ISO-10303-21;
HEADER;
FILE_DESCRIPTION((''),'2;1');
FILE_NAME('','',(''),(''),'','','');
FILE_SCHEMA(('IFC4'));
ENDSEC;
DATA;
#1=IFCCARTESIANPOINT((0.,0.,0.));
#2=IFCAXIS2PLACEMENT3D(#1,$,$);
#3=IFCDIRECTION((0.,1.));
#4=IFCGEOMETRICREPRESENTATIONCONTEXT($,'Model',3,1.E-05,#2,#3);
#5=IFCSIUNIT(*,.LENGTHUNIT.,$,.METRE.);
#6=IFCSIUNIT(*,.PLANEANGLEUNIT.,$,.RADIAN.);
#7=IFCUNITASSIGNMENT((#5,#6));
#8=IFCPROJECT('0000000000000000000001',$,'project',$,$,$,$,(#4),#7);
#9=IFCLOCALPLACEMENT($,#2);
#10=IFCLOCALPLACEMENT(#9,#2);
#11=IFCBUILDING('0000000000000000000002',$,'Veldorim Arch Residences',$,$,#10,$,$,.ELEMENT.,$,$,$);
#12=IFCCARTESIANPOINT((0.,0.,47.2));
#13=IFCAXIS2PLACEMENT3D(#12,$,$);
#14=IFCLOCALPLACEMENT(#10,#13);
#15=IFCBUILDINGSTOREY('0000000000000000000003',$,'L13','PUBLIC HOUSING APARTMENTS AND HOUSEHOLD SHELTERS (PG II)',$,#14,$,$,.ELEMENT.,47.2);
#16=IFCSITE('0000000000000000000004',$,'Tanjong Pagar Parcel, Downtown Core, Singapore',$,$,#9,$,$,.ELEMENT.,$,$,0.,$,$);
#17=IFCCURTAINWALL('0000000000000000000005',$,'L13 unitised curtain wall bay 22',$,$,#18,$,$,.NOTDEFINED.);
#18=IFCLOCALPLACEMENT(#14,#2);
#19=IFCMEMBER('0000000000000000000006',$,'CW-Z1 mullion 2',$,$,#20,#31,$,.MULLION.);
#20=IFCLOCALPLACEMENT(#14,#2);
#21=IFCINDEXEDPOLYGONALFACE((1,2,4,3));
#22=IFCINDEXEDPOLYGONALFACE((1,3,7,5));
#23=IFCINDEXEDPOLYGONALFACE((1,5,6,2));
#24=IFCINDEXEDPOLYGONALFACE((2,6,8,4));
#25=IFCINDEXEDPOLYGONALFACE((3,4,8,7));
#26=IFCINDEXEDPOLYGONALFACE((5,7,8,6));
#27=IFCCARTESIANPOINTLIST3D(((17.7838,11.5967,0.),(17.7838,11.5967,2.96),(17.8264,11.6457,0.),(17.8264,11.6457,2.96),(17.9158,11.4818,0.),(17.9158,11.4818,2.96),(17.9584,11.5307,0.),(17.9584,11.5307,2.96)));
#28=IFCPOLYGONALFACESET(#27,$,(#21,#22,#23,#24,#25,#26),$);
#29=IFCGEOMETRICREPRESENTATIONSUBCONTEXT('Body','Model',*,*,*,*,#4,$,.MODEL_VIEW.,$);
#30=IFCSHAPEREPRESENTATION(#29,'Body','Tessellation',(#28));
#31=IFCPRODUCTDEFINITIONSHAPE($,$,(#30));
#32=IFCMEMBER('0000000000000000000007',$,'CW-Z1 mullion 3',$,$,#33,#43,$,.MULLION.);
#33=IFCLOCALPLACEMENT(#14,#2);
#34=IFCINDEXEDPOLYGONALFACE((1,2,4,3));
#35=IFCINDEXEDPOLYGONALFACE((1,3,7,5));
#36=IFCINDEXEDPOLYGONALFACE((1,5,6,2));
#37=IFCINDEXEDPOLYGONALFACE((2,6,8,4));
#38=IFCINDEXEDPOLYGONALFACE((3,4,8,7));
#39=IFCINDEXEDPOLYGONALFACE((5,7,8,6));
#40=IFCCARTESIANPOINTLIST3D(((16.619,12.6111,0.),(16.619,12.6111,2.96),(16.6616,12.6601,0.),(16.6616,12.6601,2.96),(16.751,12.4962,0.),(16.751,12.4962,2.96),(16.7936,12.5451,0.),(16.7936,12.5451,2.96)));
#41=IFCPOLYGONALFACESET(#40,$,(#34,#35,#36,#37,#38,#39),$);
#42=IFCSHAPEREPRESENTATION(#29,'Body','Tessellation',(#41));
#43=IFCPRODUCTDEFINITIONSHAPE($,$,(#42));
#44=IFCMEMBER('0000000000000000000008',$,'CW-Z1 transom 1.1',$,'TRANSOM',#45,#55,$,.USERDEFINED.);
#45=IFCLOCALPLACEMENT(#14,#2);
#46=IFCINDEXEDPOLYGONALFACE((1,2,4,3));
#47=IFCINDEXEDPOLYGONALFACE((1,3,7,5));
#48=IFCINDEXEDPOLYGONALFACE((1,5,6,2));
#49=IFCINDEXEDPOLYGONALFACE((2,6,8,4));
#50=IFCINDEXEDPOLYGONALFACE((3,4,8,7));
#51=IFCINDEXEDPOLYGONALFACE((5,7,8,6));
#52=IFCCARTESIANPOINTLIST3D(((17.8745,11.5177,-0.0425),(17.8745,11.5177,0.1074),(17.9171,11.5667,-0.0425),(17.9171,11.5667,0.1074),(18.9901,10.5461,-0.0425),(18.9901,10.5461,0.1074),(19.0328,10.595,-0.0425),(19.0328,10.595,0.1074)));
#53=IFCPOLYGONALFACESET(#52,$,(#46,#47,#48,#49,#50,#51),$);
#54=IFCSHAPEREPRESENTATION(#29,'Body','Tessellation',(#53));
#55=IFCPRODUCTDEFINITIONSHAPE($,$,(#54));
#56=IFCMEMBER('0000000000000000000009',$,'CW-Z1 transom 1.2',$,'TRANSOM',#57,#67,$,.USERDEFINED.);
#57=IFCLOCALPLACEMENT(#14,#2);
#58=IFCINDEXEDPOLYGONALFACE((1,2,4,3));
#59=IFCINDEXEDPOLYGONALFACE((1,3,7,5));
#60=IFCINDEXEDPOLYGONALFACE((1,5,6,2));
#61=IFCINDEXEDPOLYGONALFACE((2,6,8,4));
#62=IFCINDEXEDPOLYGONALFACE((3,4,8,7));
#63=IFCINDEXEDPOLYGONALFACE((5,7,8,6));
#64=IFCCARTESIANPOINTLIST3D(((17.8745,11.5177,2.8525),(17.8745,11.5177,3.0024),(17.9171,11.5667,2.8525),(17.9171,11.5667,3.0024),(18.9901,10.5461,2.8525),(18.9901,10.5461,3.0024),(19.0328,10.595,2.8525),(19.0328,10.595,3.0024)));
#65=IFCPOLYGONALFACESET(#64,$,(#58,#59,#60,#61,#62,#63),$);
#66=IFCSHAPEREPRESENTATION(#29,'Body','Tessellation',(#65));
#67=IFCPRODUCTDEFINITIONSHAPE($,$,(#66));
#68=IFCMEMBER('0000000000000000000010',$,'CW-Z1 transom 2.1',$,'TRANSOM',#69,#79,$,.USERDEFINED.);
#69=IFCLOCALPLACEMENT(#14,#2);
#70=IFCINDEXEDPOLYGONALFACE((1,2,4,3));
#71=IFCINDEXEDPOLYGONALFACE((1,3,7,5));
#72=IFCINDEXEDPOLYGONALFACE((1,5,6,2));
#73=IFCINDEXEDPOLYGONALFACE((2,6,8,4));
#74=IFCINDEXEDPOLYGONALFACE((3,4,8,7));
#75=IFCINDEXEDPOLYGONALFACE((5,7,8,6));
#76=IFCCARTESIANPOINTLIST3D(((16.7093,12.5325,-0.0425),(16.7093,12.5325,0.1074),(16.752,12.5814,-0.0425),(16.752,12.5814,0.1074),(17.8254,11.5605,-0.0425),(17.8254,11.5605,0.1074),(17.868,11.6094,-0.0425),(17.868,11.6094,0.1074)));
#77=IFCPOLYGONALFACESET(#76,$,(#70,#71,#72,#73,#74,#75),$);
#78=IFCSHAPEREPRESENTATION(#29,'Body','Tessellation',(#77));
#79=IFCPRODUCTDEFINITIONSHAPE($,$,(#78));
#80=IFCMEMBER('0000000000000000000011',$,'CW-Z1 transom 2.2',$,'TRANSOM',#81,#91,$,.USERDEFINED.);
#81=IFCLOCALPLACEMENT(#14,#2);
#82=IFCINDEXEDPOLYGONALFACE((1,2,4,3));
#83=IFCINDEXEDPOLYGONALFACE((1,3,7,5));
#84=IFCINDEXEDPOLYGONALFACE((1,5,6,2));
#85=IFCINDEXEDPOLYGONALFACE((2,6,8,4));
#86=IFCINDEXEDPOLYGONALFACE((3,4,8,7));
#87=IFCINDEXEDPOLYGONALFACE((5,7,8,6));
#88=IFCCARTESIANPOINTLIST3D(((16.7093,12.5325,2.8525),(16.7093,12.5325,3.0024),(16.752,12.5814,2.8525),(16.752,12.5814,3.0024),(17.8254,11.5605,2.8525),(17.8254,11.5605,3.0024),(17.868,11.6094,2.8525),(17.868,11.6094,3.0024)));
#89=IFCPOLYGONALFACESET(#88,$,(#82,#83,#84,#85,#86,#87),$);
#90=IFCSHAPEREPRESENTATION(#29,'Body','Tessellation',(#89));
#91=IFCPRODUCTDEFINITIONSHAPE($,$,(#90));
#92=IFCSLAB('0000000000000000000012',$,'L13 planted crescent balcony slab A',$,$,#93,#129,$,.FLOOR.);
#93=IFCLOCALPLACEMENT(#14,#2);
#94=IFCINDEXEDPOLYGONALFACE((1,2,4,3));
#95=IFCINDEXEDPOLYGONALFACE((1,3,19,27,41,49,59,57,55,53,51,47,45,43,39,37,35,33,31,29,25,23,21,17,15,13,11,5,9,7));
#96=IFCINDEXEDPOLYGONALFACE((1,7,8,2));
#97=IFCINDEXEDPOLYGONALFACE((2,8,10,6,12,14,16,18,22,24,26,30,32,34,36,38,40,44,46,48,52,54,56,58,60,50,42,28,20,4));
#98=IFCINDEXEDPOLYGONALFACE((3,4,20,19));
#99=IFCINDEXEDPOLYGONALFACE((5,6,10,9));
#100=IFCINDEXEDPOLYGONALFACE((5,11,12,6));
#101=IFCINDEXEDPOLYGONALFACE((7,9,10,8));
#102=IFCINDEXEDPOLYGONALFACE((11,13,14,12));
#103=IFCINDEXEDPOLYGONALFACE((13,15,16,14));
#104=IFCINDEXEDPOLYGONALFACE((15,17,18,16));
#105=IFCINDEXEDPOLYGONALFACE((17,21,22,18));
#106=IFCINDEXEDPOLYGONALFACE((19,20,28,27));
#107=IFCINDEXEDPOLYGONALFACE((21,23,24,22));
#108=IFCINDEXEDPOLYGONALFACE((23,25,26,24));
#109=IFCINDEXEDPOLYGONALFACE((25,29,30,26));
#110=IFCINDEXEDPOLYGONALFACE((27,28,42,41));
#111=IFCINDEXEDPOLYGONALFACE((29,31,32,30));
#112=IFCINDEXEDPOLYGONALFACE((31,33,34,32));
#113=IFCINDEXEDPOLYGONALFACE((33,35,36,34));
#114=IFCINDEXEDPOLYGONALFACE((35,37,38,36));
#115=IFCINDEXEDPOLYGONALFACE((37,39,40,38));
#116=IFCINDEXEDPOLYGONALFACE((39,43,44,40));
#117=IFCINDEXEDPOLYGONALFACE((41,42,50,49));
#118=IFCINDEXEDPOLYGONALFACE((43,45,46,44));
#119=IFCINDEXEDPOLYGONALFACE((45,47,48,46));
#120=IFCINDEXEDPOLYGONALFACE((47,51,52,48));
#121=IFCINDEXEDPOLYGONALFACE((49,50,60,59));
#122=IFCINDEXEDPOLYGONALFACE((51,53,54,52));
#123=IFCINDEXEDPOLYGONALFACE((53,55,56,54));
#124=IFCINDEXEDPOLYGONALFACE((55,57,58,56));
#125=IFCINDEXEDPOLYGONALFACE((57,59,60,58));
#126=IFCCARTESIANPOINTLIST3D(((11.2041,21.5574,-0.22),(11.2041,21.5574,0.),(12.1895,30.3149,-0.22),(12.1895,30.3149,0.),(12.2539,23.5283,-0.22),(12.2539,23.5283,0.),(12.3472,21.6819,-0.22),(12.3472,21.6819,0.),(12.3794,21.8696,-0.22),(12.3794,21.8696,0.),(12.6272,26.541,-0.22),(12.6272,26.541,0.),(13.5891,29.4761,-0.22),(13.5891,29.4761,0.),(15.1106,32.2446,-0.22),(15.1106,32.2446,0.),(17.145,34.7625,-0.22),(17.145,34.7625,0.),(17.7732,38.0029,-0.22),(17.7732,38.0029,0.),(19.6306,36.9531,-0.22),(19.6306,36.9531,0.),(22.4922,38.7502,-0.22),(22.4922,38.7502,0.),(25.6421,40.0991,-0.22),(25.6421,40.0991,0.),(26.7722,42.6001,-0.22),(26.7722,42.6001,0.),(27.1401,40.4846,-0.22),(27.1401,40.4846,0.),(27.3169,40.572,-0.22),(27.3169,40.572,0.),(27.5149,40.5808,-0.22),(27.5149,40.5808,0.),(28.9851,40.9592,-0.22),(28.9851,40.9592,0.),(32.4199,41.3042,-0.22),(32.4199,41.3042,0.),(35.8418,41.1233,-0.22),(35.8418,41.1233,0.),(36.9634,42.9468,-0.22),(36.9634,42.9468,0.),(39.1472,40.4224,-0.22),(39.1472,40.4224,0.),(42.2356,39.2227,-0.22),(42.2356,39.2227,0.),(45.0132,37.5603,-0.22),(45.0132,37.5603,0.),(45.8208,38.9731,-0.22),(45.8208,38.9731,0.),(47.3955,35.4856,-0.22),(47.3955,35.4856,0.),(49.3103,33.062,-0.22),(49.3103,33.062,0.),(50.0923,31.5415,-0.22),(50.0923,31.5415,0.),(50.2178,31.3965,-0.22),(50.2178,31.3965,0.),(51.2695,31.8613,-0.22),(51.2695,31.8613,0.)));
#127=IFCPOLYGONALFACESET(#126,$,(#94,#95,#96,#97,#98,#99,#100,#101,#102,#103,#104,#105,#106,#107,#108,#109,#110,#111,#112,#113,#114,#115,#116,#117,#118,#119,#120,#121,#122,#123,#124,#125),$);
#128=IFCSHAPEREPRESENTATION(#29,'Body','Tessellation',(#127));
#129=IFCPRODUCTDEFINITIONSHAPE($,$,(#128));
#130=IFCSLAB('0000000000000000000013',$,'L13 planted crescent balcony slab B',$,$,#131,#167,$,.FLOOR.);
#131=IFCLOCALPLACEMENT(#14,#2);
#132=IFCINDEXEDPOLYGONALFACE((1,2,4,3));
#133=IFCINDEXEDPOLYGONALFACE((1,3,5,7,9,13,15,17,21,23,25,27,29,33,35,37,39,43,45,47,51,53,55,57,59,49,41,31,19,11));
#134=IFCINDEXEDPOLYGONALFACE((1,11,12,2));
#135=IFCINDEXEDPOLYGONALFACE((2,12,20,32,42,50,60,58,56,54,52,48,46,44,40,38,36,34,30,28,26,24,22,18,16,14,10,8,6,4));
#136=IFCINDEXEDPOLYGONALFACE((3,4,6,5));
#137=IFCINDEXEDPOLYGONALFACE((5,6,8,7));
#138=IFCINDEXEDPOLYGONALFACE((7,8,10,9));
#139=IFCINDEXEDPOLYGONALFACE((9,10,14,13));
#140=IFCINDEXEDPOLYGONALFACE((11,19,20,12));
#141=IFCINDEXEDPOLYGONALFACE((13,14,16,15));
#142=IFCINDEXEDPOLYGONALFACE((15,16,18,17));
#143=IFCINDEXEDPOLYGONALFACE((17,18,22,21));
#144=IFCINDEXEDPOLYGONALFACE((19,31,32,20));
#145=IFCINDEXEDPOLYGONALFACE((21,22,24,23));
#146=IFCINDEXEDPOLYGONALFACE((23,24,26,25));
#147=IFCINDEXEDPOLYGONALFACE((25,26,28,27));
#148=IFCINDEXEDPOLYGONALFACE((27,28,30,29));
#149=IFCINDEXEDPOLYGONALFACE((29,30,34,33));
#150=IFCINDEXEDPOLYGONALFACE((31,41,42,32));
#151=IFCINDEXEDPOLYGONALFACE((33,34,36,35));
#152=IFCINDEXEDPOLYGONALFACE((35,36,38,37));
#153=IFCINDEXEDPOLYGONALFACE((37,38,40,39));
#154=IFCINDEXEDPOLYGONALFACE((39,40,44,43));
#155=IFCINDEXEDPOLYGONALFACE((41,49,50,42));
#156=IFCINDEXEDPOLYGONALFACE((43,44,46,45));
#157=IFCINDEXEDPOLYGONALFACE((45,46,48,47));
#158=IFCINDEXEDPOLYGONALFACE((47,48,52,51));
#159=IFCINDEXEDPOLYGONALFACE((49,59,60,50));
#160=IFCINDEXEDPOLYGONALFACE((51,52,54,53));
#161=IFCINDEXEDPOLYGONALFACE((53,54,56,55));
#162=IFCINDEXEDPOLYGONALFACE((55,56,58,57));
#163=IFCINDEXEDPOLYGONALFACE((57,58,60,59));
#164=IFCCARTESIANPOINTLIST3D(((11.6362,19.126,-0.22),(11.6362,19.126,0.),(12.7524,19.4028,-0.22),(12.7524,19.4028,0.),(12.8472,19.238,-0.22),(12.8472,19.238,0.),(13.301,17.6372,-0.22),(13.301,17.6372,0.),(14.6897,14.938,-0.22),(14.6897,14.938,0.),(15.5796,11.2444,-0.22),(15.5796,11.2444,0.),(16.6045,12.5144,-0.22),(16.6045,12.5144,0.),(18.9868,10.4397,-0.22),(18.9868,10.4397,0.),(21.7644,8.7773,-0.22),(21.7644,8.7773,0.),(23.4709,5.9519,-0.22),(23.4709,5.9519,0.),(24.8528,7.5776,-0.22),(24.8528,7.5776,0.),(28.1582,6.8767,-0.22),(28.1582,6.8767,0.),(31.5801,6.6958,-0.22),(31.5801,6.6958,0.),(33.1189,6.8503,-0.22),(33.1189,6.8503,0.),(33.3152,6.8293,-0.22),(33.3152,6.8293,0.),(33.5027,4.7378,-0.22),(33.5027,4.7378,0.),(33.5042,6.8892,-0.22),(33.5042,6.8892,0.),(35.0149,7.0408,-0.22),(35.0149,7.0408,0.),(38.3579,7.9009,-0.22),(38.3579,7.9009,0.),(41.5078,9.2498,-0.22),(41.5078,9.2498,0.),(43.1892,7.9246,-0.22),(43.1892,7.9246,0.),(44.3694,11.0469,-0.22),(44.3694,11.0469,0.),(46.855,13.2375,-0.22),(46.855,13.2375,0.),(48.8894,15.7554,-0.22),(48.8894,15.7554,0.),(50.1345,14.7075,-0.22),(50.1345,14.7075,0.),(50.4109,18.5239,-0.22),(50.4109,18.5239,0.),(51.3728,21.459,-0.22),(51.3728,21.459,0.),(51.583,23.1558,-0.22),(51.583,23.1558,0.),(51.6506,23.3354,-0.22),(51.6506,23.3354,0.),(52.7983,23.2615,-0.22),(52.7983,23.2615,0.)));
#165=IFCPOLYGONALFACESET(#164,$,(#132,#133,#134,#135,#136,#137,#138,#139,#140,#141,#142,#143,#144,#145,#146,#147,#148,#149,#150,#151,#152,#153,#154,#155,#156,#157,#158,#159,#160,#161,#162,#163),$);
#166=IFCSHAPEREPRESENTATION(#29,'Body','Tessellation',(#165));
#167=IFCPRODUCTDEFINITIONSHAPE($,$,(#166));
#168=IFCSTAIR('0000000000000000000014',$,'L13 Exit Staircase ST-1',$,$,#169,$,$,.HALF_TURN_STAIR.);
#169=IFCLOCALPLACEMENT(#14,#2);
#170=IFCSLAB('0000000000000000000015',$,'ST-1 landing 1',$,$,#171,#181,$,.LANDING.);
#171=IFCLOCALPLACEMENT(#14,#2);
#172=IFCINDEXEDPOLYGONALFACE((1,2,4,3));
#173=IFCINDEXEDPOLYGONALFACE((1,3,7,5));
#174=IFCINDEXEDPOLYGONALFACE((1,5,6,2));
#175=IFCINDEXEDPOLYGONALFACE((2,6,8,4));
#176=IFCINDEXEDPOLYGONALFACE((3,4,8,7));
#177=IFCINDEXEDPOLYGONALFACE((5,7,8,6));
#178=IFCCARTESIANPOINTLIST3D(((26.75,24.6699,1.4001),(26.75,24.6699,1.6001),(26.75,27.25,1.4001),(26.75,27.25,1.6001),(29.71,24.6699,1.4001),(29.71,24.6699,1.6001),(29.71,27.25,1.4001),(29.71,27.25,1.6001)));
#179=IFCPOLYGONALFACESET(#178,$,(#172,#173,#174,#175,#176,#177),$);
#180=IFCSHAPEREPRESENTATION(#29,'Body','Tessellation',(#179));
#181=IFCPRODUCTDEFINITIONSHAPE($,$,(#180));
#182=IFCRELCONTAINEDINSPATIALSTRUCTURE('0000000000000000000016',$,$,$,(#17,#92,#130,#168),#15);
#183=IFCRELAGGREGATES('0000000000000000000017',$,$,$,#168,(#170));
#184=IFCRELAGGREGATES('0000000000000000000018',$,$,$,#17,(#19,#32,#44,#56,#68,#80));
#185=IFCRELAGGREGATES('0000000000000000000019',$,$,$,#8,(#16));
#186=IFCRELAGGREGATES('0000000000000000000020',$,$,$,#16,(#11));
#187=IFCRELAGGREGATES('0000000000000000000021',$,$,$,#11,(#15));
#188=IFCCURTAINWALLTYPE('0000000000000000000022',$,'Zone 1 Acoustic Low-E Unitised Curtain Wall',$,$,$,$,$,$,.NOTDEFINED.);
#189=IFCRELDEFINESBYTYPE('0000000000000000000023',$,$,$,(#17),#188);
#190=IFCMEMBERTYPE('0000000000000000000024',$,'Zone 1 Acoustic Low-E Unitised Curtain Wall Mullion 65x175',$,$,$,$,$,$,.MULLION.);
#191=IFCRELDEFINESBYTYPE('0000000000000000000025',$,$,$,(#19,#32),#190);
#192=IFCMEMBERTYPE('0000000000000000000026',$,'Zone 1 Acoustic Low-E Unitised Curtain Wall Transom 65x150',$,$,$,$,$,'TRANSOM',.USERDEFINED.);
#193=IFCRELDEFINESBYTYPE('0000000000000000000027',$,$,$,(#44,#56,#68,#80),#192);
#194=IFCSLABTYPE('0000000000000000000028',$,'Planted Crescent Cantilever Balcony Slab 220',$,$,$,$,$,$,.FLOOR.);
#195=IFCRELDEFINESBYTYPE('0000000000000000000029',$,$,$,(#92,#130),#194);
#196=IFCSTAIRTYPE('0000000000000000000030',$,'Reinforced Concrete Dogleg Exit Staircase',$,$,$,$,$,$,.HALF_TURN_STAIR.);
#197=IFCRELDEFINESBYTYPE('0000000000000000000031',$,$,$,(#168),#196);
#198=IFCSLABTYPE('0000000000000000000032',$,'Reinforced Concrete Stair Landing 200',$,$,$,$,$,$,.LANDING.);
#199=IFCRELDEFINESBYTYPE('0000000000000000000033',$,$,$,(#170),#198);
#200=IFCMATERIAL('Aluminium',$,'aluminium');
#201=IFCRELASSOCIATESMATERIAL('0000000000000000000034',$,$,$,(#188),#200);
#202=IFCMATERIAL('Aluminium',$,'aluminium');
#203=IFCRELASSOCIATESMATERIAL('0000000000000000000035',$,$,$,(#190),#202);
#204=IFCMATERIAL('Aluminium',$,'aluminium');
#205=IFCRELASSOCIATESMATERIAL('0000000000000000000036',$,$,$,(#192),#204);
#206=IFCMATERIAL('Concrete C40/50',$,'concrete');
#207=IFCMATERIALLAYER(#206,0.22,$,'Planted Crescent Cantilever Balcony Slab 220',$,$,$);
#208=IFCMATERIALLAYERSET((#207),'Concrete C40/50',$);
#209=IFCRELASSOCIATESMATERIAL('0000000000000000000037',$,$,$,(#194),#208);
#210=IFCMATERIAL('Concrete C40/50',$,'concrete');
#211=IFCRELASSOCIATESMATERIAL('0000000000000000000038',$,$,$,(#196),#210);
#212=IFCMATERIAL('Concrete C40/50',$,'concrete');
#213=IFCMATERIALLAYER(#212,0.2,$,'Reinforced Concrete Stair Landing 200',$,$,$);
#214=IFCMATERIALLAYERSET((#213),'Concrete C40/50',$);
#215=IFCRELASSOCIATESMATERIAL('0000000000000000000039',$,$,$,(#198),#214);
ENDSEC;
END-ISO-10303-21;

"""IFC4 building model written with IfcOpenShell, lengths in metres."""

from ifc_helpers import new_model, si_unit, direction, frame, origin, origin_2d, place, context, subcontext, project, spatial, polyline, rectangle, outline, extrude, material, layer, layer_set, material_profile, profile_set, type_object, element, aggregate, save


model = new_model("IFC4")

# Units and contexts
model_context = context("Model", 3, precision=1e-05, world=origin(), true_north=direction((0.0, 1.0)))
body_context = subcontext(model_context, "Body", "Model", "MODEL_VIEW")
ifc_project = project(units=[si_unit("LENGTHUNIT", "METRE"), si_unit("PLANEANGLEUNIT", "RADIAN")], contexts=[model_context])

# Site, building, storey
site_placement = place(None, origin())
site = spatial("IfcSite", under=ifc_project, at=site_placement, Name="Tanjong Pagar Parcel, Downtown Core, Singapore", CompositionType="ELEMENT", RefElevation=0.0)
building_placement = place(site_placement, origin())
building = spatial("IfcBuilding", under=site, at=building_placement, Name="Veldorim Arch Residences", CompositionType="ELEMENT")
storey_placement = place(building_placement, frame((0.0, 0.0, 47.2)))
storey = spatial("IfcBuildingStorey", under=building, at=storey_placement, Name="L13", Description="PUBLIC HOUSING APARTMENTS AND HOUSEHOLD SHELTERS (PG II)", CompositionType="ELEMENT", Elevation=47.2)

# Curtain wall, members
ifc_material_1 = material(Name="Aluminium", Category="aluminium")
curtain_wall_type = type_object("IfcCurtainWallType", Name="Zone 1 Acoustic Low-E Unitised Curtain Wall", PredefinedType="NOTDEFINED", material=ifc_material_1)
curtain_wall_placement = place(storey_placement, origin())
curtain_wall = element("IfcCurtainWall", 1, at=curtain_wall_placement, inside=storey, type_object=curtain_wall_type, Name="L13 unitised curtain wall bay 22", PredefinedType="NOTDEFINED")
ifc_material_2 = material(Name="Aluminium", Category="aluminium")
ifc_material_profile_1 = material_profile(ifc_material_2, rectangle(XDim=0.0649, YDim=0.175, at=origin_2d()), Name="ALU_MUL_65x175")
ifc_profile_set_1 = profile_set([ifc_material_profile_1], Name="Aluminium")
member_type_1 = type_object("IfcMemberType", Name="Zone 1 Acoustic Low-E Unitised Curtain Wall Mullion 65x175", PredefinedType="MULLION", material=ifc_profile_set_1)
member_1_placement = place(storey_placement, frame((17.8711, 11.5637, 0.0), z_axis=(0.0, 0.0, 1.0), x_axis=(-0.656719, -0.754136, 0.0)))
member_1 = element("IfcMember", 2, at=member_1_placement, type_object=member_type_1, Name="CW-Z1 mullion 2", PredefinedType="MULLION", context=body_context, shape_type="SweptSolid", body=[
    extrude(rectangle(XDim=0.0649, YDim=0.175, at=origin_2d()), origin(), (0.0, 0.0, 1.0), 2.96),
])
member_2_placement = place(storey_placement, frame((16.7063, 12.5781, 0.0), z_axis=(0.0, 0.0, 1.0), x_axis=(-0.656719, -0.754136, 0.0)))
member_2 = element("IfcMember", 3, at=member_2_placement, type_object=member_type_1, Name="CW-Z1 mullion 3", PredefinedType="MULLION", context=body_context, shape_type="SweptSolid", body=[
    extrude(rectangle(XDim=0.0649, YDim=0.175, at=origin_2d()), origin(), (0.0, 0.0, 1.0), 2.96),
])
ifc_material_3 = material(Name="Aluminium", Category="aluminium")
ifc_material_profile_2 = material_profile(ifc_material_3, rectangle(XDim=0.0649, YDim=0.1499, at=origin_2d()), Name="ALU_TRN_65x150")
ifc_profile_set_2 = profile_set([ifc_material_profile_2], Name="Aluminium")
member_type_2 = type_object("IfcMemberType", Name="Zone 1 Acoustic Low-E Unitised Curtain Wall Transom 65x150", ElementType="TRANSOM", PredefinedType="USERDEFINED", material=ifc_profile_set_2)
member_3_placement = place(storey_placement, frame((19.0115, 10.5706, 0.0325), z_axis=(-0.754108, 0.65675, 0.0), x_axis=(-0.65675, -0.754108, 0.0)))
member_3 = element("IfcMember", 4, at=member_3_placement, type_object=member_type_2, Name="CW-Z1 transom 1.1", ObjectType="TRANSOM", PredefinedType="USERDEFINED", context=body_context, shape_type="SweptSolid", body=[
    extrude(rectangle(XDim=0.0649, YDim=0.1499, at=origin_2d()), origin(), (0.0, 0.0, 1.0), 1.4795),
])
member_4_placement = place(storey_placement, frame((19.0115, 10.5706, 2.9275), z_axis=(-0.754108, 0.65675, 0.0), x_axis=(-0.65675, -0.754108, 0.0)))
member_4 = element("IfcMember", 5, at=member_4_placement, type_object=member_type_2, Name="CW-Z1 transom 1.2", ObjectType="TRANSOM", PredefinedType="USERDEFINED", context=body_context, shape_type="SweptSolid", body=[
    extrude(rectangle(XDim=0.0649, YDim=0.1499, at=origin_2d()), origin(), (0.0, 0.0, 1.0), 1.4795),
])
member_5_placement = place(storey_placement, frame((17.8467, 11.585, 0.0325), z_axis=(-0.754097, 0.656763, 0.0), x_axis=(-0.656763, -0.754097, 0.0)))
member_5 = element("IfcMember", 6, at=member_5_placement, type_object=member_type_2, Name="CW-Z1 transom 2.1", ObjectType="TRANSOM", PredefinedType="USERDEFINED", context=body_context, shape_type="SweptSolid", body=[
    extrude(rectangle(XDim=0.0649, YDim=0.1499, at=origin_2d()), origin(), (0.0, 0.0, 1.0), 1.48),
])
member_6_placement = place(storey_placement, frame((17.8467, 11.585, 2.9275), z_axis=(-0.754097, 0.656763, 0.0), x_axis=(-0.656763, -0.754097, 0.0)))
member_6 = element("IfcMember", 7, at=member_6_placement, type_object=member_type_2, Name="CW-Z1 transom 2.2", ObjectType="TRANSOM", PredefinedType="USERDEFINED", context=body_context, shape_type="SweptSolid", body=[
    extrude(rectangle(XDim=0.0649, YDim=0.1499, at=origin_2d()), origin(), (0.0, 0.0, 1.0), 1.48),
])

# Slabs
ifc_material_4 = material(Name="Concrete C40/50", Category="concrete")
ifc_layer_1 = layer(ifc_material_4, 0.22, Name="Planted Crescent Cantilever Balcony Slab 220")
ifc_layer_set_1 = layer_set([ifc_layer_1], Name="Concrete C40/50")
slab_type_1 = type_object("IfcSlabType", Name="Planted Crescent Cantilever Balcony Slab 220", PredefinedType="FLOOR", material=ifc_layer_set_1)
slab_1_placement = place(storey_placement, frame((0.0, 0.0, -0.22)))
element("IfcSlab", 8, at=slab_1_placement, inside=storey, type_object=slab_type_1, Name="L13 planted crescent balcony slab A", PredefinedType="FLOOR", context=body_context, shape_type="SweptSolid", body=[
    extrude(outline(polyline([(50.0923, 31.5415), (49.3103, 33.062), (47.3955, 35.4856), (45.0132, 37.5603), (42.2356, 39.2227), (39.1472, 40.4224), (35.8418, 41.1233), (32.4199, 41.3042), (28.9851, 40.9592), (27.5149, 40.5808), (27.3169, 40.572), (27.1401, 40.4846), (25.6421, 40.0991), (22.4922, 38.7502), (19.6306, 36.9531), (17.145, 34.7625), (15.1106, 32.2446), (13.5891, 29.4761), (12.6272, 26.541), (12.2539, 23.5283), (12.3794, 21.8696), (12.3472, 21.6819), (11.2041, 21.5574), (12.1895, 30.3149), (17.7732, 38.0029), (26.7722, 42.6001), (36.9634, 42.9468), (45.8208, 38.9731), (51.2695, 31.8613), (50.2178, 31.3965), (50.0923, 31.5415)])), origin(), (0.0, 0.0, 1.0), 0.22),
])
slab_2_placement = place(storey_placement, frame((0.0, 0.0, -0.22)))
element("IfcSlab", 9, at=slab_2_placement, inside=storey, type_object=slab_type_1, Name="L13 planted crescent balcony slab B", PredefinedType="FLOOR", context=body_context, shape_type="SweptSolid", body=[
    extrude(outline(polyline([(12.8472, 19.238), (13.301, 17.6372), (14.6897, 14.938), (16.6045, 12.5144), (18.9868, 10.4397), (21.7644, 8.7773), (24.8528, 7.5776), (28.1582, 6.8767), (31.5801, 6.6958), (33.1189, 6.8503), (33.3152, 6.8293), (33.5042, 6.8892), (35.0149, 7.0408), (38.3579, 7.9009), (41.5078, 9.2498), (44.3694, 11.0469), (46.855, 13.2375), (48.8894, 15.7554), (50.4109, 18.5239), (51.3728, 21.459), (51.583, 23.1558), (51.6506, 23.3354), (52.7983, 23.2615), (50.1345, 14.7075), (43.1892, 7.9246), (33.5027, 4.7378), (23.4709, 5.9519), (15.5796, 11.2444), (11.6362, 19.126), (12.7524, 19.4028), (12.8472, 19.238)])), origin(), (0.0, 0.0, 1.0), 0.22),
])

# Stair, slab
ifc_material_5 = material(Name="Concrete C40/50", Category="concrete")
stair_type = type_object("IfcStairType", Name="Reinforced Concrete Dogleg Exit Staircase", PredefinedType="HALF_TURN_STAIR", material=ifc_material_5)
stair_1_placement = place(storey_placement, origin())
stair_1 = element("IfcStair", 10, at=stair_1_placement, inside=storey, type_object=stair_type, Name="L13 Exit Staircase ST-1", PredefinedType="HALF_TURN_STAIR")
ifc_material_6 = material(Name="Concrete C40/50", Category="concrete")
ifc_layer_2 = layer(ifc_material_6, 0.2, Name="Reinforced Concrete Stair Landing 200")
ifc_layer_set_2 = layer_set([ifc_layer_2], Name="Concrete C40/50")
slab_type_2 = type_object("IfcSlabType", Name="Reinforced Concrete Stair Landing 200", PredefinedType="LANDING", material=ifc_layer_set_2)
slab_3_placement = place(storey_placement, frame((0.0, 0.0, 1.4001)))
slab_3 = element("IfcSlab", 11, at=slab_3_placement, type_object=slab_type_2, Name="ST-1 landing 1", PredefinedType="LANDING", context=body_context, shape_type="SweptSolid", body=[
    extrude(outline(polyline([(29.71, 24.6699), (29.71, 27.25), (26.75, 27.25), (26.75, 24.6699), (29.71, 24.6699)])), origin(), (0.0, 0.0, 1.0), 0.2),
])
aggregate(stair_1, [slab_3])

aggregate(curtain_wall, [member_1, member_2, member_3, member_4, member_5, member_6])

save(model, "model.ifc")
